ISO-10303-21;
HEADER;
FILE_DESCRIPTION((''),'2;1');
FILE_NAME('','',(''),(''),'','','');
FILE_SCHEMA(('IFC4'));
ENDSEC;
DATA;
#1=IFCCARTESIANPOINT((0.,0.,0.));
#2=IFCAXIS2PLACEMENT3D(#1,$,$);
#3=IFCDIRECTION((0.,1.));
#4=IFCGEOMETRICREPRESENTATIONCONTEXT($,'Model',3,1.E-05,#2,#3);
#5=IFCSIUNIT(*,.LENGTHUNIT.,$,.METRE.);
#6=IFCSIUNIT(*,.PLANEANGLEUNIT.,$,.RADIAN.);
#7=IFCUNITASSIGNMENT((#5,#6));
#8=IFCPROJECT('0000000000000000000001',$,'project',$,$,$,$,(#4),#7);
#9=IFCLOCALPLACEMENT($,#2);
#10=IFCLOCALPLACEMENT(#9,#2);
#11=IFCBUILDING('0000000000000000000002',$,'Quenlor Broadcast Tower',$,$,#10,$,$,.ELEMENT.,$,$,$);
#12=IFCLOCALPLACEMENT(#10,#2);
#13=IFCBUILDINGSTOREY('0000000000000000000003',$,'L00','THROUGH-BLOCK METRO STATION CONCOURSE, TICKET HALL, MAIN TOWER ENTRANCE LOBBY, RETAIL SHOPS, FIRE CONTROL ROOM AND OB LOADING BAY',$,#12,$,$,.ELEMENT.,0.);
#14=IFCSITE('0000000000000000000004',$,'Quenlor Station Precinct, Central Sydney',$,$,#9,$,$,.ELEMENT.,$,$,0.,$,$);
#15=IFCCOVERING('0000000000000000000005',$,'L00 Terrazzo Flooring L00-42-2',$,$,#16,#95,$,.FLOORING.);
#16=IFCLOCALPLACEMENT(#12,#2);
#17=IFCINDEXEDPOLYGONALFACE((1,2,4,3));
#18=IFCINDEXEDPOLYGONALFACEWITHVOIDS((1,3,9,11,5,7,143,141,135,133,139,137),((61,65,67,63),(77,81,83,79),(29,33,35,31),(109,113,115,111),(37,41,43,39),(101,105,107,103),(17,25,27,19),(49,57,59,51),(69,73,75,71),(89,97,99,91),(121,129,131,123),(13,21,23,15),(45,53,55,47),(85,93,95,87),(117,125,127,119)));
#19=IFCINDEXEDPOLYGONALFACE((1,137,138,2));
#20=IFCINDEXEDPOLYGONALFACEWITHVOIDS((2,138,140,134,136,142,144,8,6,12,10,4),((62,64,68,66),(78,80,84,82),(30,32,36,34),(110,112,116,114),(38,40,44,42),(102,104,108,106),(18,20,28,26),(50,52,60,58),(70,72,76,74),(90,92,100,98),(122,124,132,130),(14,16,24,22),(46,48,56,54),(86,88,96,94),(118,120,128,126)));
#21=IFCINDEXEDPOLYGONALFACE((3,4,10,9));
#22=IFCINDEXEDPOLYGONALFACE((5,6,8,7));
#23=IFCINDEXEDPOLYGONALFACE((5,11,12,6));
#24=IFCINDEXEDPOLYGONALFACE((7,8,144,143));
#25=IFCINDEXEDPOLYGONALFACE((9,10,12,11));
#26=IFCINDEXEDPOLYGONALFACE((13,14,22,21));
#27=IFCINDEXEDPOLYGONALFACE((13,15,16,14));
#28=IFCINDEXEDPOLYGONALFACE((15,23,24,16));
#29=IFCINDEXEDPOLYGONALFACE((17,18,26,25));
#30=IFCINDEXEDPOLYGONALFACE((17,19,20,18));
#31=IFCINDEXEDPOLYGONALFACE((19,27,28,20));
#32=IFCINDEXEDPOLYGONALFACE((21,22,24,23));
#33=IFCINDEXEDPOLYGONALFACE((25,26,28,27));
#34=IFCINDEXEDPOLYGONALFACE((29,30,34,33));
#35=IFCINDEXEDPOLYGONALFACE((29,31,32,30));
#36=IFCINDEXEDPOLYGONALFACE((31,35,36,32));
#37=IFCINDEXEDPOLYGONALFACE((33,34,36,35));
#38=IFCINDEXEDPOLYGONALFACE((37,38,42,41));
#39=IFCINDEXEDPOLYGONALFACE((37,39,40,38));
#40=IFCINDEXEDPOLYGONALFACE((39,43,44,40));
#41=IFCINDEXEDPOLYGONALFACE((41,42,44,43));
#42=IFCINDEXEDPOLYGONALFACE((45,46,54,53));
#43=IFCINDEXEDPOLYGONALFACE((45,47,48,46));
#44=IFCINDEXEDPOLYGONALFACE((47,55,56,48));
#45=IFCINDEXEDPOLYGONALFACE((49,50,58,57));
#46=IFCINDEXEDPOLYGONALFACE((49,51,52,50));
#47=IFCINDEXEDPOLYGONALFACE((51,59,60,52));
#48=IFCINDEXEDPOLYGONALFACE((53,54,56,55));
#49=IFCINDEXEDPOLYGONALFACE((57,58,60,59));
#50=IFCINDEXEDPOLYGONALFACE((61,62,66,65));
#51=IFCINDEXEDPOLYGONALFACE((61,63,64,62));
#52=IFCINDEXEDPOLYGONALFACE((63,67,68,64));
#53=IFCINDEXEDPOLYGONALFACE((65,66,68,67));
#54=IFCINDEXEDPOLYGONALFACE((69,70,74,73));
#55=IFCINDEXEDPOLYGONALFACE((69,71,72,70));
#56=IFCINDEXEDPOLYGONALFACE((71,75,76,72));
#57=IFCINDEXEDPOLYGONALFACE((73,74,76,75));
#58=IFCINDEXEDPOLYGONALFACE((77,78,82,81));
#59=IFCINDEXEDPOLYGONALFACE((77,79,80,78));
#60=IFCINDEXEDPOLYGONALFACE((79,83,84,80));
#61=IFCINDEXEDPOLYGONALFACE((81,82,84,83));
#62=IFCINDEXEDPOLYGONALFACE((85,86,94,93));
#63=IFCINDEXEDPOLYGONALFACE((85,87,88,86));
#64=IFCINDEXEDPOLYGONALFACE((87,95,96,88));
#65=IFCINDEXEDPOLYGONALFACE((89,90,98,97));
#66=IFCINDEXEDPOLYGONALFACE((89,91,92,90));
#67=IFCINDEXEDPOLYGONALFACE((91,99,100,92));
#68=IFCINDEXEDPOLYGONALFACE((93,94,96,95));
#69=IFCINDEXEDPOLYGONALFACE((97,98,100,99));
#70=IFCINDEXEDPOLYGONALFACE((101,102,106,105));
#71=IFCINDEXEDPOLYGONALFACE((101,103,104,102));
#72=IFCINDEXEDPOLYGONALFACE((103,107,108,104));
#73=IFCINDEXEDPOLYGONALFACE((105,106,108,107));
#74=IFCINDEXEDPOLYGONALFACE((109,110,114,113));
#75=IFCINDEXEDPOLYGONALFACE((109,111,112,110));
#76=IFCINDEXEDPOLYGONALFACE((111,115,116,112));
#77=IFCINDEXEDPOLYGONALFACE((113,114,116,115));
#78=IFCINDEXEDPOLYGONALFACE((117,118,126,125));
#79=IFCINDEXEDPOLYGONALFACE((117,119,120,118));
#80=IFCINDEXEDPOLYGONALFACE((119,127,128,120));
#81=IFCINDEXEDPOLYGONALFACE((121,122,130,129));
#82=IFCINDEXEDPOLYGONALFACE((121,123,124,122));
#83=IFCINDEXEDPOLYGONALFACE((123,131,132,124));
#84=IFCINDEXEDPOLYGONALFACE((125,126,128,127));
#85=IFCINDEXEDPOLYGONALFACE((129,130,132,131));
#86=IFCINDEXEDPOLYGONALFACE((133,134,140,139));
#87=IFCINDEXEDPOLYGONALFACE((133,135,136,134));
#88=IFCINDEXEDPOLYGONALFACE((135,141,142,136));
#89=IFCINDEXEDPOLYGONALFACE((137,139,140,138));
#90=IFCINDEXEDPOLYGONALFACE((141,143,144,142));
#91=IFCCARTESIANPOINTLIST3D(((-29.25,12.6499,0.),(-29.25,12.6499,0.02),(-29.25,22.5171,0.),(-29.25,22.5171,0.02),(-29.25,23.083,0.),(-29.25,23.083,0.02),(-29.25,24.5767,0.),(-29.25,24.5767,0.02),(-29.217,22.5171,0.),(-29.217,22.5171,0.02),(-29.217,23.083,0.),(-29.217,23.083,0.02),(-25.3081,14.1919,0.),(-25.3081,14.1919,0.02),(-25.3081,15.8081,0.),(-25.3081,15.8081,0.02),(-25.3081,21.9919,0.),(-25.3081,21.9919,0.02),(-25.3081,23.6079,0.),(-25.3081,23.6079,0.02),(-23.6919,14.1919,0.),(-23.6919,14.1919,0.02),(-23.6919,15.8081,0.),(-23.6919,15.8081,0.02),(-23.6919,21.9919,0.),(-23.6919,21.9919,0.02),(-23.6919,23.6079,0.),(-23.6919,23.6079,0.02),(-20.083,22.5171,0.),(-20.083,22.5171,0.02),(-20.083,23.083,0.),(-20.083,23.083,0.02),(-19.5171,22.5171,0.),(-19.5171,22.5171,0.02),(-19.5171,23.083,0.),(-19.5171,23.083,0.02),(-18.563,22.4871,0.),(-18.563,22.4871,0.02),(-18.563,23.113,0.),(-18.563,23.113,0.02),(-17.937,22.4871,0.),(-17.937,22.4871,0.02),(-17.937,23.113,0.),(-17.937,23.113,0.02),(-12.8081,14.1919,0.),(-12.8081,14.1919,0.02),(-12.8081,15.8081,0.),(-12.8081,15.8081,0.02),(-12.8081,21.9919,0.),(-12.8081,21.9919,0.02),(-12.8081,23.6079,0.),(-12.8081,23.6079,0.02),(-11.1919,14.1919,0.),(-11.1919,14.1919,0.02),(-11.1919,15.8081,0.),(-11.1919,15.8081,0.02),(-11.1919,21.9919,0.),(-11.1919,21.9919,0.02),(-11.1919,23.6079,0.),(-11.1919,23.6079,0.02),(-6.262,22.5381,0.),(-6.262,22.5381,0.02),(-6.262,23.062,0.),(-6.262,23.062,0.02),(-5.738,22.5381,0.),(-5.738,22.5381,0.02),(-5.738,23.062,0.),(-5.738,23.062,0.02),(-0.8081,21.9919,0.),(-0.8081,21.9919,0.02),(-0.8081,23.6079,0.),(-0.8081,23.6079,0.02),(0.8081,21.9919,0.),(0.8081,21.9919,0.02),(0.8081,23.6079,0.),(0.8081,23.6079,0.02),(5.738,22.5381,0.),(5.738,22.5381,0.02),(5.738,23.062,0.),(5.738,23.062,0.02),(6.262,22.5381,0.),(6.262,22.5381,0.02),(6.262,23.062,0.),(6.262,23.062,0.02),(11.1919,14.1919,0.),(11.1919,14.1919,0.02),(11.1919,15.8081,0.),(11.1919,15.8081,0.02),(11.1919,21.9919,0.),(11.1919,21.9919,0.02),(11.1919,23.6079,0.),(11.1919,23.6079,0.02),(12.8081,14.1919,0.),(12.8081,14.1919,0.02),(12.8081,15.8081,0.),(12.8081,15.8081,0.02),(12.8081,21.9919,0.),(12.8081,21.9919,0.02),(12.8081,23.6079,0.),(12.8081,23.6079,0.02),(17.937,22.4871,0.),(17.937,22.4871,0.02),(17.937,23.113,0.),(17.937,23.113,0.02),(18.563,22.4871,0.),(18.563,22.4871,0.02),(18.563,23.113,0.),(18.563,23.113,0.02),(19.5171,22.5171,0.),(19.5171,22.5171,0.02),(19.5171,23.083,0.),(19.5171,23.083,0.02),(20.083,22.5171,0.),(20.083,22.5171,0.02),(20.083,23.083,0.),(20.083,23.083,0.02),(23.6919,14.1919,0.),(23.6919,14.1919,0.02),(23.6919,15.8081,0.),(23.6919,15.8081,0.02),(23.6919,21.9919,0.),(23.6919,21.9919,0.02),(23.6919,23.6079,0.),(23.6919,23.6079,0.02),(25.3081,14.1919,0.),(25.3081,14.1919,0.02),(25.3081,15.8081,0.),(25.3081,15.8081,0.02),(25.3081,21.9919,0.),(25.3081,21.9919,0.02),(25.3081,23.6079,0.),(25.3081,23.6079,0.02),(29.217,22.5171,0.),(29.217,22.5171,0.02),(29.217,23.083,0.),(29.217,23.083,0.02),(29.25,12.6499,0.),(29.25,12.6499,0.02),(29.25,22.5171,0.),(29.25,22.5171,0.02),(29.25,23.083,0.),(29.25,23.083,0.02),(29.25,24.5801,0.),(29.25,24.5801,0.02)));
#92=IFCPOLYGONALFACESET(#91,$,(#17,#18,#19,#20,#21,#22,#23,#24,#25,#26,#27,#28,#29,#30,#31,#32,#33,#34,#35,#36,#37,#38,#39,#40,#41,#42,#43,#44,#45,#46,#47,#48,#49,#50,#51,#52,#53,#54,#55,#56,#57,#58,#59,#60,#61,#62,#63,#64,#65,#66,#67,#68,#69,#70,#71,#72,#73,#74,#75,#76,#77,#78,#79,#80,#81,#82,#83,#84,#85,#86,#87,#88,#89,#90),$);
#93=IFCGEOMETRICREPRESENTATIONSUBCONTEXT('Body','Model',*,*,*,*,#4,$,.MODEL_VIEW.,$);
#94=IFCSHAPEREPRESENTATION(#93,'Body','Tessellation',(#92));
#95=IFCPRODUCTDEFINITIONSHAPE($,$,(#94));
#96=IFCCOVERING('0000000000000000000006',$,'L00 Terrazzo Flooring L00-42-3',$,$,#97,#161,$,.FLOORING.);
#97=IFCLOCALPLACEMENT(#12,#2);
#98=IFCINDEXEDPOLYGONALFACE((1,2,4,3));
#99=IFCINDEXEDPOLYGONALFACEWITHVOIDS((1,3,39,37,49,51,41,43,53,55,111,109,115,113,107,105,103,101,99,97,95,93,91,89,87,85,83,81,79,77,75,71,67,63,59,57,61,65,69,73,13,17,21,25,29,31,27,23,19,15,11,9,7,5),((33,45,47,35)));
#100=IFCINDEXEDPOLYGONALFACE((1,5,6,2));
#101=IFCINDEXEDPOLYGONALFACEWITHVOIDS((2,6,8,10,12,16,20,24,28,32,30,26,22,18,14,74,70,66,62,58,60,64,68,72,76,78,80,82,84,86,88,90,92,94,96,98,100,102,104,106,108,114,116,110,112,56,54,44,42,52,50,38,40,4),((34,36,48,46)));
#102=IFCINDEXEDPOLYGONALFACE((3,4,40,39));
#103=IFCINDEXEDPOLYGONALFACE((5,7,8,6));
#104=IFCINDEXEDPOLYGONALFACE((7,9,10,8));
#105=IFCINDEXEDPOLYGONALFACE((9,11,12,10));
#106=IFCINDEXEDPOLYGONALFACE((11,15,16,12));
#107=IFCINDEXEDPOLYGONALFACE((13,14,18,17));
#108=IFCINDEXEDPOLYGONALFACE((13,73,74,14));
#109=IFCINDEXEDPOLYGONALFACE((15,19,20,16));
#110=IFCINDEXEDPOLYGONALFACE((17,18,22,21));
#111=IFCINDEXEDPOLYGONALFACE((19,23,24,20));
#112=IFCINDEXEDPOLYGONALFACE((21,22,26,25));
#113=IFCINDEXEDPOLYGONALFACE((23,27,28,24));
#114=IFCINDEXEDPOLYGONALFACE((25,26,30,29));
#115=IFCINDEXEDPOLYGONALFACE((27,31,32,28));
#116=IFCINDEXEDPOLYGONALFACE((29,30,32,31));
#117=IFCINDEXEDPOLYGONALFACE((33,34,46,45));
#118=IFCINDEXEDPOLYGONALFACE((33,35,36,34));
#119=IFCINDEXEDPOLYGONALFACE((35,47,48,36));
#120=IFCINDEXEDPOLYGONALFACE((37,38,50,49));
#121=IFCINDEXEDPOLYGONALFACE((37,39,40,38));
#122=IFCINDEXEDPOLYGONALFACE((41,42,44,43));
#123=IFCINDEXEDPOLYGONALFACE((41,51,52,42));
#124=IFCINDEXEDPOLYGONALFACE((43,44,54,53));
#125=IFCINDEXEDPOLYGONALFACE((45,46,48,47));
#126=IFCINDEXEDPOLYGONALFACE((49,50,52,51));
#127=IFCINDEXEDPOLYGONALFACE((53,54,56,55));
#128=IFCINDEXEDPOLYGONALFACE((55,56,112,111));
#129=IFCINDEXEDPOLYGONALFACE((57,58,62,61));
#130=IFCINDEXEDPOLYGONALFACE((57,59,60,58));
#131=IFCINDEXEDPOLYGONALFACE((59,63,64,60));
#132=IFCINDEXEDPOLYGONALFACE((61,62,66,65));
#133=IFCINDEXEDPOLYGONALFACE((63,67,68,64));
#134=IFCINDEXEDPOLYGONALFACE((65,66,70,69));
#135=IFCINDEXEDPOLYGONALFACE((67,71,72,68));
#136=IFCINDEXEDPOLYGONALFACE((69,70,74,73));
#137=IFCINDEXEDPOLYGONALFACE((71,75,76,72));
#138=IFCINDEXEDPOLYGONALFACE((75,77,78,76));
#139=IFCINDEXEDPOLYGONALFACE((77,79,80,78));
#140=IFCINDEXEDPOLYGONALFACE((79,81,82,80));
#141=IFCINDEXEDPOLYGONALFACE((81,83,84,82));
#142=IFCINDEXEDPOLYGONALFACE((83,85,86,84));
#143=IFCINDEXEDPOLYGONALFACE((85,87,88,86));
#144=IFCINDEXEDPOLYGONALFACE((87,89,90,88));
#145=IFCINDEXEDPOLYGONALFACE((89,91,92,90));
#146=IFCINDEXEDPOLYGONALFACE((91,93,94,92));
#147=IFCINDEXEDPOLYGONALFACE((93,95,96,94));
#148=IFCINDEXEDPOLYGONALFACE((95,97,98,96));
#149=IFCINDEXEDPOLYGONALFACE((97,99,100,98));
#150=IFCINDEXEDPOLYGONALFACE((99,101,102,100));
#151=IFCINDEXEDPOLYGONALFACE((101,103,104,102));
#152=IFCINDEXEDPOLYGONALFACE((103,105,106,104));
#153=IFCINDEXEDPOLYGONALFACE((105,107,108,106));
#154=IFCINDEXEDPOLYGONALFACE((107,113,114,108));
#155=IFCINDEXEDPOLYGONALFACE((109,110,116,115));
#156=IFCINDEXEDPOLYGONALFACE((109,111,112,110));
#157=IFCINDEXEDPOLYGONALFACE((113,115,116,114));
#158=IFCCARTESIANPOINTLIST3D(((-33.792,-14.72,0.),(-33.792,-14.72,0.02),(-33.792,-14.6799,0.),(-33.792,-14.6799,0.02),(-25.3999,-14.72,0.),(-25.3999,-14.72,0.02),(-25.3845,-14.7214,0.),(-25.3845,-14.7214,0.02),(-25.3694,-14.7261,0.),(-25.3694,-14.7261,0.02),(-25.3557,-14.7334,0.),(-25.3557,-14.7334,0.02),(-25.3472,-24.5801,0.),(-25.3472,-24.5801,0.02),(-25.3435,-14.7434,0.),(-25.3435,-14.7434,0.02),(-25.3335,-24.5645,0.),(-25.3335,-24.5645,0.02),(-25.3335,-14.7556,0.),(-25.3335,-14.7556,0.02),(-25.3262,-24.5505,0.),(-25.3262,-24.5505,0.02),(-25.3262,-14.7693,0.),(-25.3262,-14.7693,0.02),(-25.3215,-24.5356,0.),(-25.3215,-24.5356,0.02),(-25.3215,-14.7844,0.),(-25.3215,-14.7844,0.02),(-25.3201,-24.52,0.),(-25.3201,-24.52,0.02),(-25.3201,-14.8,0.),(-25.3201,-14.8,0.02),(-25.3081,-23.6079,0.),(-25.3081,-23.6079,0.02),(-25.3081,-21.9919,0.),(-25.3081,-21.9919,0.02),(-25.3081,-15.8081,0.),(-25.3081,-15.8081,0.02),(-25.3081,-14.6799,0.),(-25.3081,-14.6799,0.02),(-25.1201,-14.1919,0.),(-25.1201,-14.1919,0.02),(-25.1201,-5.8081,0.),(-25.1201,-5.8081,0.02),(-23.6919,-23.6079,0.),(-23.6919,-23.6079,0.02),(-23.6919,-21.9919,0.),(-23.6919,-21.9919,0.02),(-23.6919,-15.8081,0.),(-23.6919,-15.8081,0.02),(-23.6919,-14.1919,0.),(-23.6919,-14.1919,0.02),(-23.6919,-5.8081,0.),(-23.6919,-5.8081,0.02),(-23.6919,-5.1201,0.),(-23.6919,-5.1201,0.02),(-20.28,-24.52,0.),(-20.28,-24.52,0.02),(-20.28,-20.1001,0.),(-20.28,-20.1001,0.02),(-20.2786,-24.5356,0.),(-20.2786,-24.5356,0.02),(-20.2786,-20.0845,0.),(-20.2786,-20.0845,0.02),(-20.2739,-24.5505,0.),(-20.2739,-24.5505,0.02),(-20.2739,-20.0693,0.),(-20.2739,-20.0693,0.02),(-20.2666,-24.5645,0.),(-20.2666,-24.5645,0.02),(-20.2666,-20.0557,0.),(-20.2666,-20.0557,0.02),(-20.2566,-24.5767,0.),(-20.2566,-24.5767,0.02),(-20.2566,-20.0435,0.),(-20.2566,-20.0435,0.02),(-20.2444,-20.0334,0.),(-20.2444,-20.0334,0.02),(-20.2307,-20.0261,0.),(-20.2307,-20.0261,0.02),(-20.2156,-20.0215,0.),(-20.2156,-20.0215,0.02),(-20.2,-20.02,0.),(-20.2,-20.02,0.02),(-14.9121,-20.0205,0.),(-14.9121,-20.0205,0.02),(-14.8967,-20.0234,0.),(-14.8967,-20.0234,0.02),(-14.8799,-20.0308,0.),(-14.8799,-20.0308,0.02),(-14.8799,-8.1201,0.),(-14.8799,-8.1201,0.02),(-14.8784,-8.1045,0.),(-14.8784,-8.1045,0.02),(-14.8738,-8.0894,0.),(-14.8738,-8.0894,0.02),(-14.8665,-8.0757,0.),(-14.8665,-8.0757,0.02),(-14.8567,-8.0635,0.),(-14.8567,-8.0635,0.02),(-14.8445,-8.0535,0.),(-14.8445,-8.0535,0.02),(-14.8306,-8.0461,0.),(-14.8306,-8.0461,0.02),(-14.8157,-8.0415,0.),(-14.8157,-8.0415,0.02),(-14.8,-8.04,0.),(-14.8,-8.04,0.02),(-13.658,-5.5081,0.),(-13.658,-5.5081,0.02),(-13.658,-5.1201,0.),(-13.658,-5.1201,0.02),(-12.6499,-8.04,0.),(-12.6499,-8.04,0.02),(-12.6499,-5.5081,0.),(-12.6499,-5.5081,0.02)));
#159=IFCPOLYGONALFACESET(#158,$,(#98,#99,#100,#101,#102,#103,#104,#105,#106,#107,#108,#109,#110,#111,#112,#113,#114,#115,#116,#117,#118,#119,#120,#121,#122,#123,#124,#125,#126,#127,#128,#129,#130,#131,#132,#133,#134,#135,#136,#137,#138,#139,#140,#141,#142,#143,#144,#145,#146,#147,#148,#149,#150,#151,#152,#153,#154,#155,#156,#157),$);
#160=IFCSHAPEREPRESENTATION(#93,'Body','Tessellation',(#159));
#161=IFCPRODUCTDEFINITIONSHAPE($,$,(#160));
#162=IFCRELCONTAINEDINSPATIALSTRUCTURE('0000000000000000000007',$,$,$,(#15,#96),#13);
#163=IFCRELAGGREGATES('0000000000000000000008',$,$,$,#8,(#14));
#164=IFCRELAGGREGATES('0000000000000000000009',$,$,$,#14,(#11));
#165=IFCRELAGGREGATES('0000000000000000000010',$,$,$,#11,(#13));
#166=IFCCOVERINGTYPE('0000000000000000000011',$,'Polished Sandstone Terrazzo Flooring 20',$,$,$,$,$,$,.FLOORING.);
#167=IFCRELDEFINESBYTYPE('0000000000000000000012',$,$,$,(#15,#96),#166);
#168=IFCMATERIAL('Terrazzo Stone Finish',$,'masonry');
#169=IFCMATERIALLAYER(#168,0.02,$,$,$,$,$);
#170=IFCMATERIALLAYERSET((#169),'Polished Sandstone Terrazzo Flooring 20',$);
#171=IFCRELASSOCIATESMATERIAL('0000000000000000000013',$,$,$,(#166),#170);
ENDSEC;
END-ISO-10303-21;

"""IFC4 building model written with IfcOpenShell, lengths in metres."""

from ifc_helpers import new_model, si_unit, direction, origin, place, context, subcontext, project, spatial, polyline, outline, extrude, material, layer, layer_set, type_object, element, save


model = new_model("IFC4")

# Units and contexts
model_context = context("Model", 3, precision=1e-05, world=origin(), true_north=direction((0.0, 1.0)))
body_context = subcontext(model_context, "Body", "Model", "MODEL_VIEW")
ifc_project = project(units=[si_unit("LENGTHUNIT", "METRE"), si_unit("PLANEANGLEUNIT", "RADIAN")], contexts=[model_context])

# Site, building, storey
site_placement = place(None, origin())
site = spatial("IfcSite", under=ifc_project, at=site_placement, Name="Quenlor Station Precinct, Central Sydney", CompositionType="ELEMENT", RefElevation=0.0)
building_placement = place(site_placement, origin())
building = spatial("IfcBuilding", under=site, at=building_placement, Name="Quenlor Broadcast Tower", CompositionType="ELEMENT")
storey_placement = place(building_placement, origin())
storey = spatial("IfcBuildingStorey", under=building, at=storey_placement, Name="L00", Description="THROUGH-BLOCK METRO STATION CONCOURSE, TICKET HALL, MAIN TOWER ENTRANCE LOBBY, RETAIL SHOPS, FIRE CONTROL ROOM AND OB LOADING BAY", CompositionType="ELEMENT", Elevation=0.0)

# Coverings
ifc_material_1 = material(Name="Terrazzo Stone Finish", Category="masonry")
ifc_layer_1 = layer(ifc_material_1, 0.02)
ifc_layer_set_1 = layer_set([ifc_layer_1], Name="Polished Sandstone Terrazzo Flooring 20")
covering_type_1 = type_object("IfcCoveringType", Name="Polished Sandstone Terrazzo Flooring 20", PredefinedType="FLOORING", material=ifc_layer_set_1)
covering_1_placement = place(storey_placement, origin())
element("IfcCovering", 1, at=covering_1_placement, inside=storey, type_object=covering_type_1, Name="L00 Terrazzo Flooring L00-42-2", PredefinedType="FLOORING", context=body_context, shape_type="SweptSolid", body=[
    extrude(outline(polyline([(-29.217, 22.5171), (-29.217, 23.083), (-29.25, 23.083), (-29.25, 24.5767), (29.25, 24.5801), (29.25, 23.083), (29.217, 23.083), (29.217, 22.5171), (29.25, 22.5171), (29.25, 12.6499), (-29.25, 12.6499), (-29.25, 22.5171), (-29.217, 22.5171)]), holes=[polyline([(-23.6919, 14.1919), (-23.6919, 15.8081), (-25.3081, 15.8081), (-25.3081, 14.1919), (-23.6919, 14.1919)]), polyline([(-23.6919, 21.9919), (-23.6919, 23.6079), (-25.3081, 23.6079), (-25.3081, 21.9919), (-23.6919, 21.9919)]), polyline([(-19.5171, 22.5171), (-19.5171, 23.083), (-20.083, 23.083), (-20.083, 22.5171), (-19.5171, 22.5171)]), polyline([(-17.937, 22.4871), (-17.937, 23.113), (-18.563, 23.113), (-18.563, 22.4871), (-17.937, 22.4871)]), polyline([(12.8081, 14.1919), (12.8081, 15.8081), (11.1919, 15.8081), (11.1919, 14.1919), (12.8081, 14.1919)]), polyline([(-11.1919, 14.1919), (-11.1919, 15.8081), (-12.8081, 15.8081), (-12.8081, 14.1919), (-11.1919, 14.1919)]), polyline([(0.8081, 21.9919), (0.8081, 23.6079), (-0.8081, 23.6079), (-0.8081, 21.9919), (0.8081, 21.9919)]), polyline([(6.262, 22.5381), (6.262, 23.062), (5.738, 23.062), (5.738, 22.5381), (6.262, 22.5381)]), polyline([(-5.738, 22.5381), (-5.738, 23.062), (-6.262, 23.062), (-6.262, 22.5381), (-5.738, 22.5381)]), polyline([(12.8081, 21.9919), (12.8081, 23.6079), (11.1919, 23.6079), (11.1919, 21.9919), (12.8081, 21.9919)]), polyline([(-11.1919, 21.9919), (-11.1919, 23.6079), (-12.8081, 23.6079), (-12.8081, 21.9919), (-11.1919, 21.9919)]), polyline([(25.3081, 14.1919), (25.3081, 15.8081), (23.6919, 15.8081), (23.6919, 14.1919), (25.3081, 14.1919)]), polyline([(20.083, 22.5171), (20.083, 23.083), (19.5171, 23.083), (19.5171, 22.5171), (20.083, 22.5171)]), polyline([(25.3081, 21.9919), (25.3081, 23.6079), (23.6919, 23.6079), (23.6919, 21.9919), (25.3081, 21.9919)]), polyline([(18.563, 22.4871), (18.563, 23.113), (17.937, 23.113), (17.937, 22.4871), (18.563, 22.4871)])]), origin(), (0.0, 0.0, 1.0), 0.02),
])
covering_2_placement = place(storey_placement, origin())
element("IfcCovering", 2, at=covering_2_placement, inside=storey, type_object=covering_type_1, Name="L00 Terrazzo Flooring L00-42-3", PredefinedType="FLOORING", context=body_context, shape_type="SweptSolid", body=[
    extrude(outline(polyline([(-13.658, -5.5081), (-12.6499, -5.5081), (-12.6499, -8.04), (-14.8, -8.04), (-14.8157, -8.0415), (-14.8306, -8.0461), (-14.8445, -8.0535), (-14.8567, -8.0635), (-14.8665, -8.0757), (-14.8738, -8.0894), (-14.8784, -8.1045), (-14.8799, -8.1201), (-14.8799, -20.0308), (-14.8967, -20.0234), (-14.9121, -20.0205), (-20.2, -20.02), (-20.2156, -20.0215), (-20.2307, -20.0261), (-20.2444, -20.0334), (-20.2566, -20.0435), (-20.2666, -20.0557), (-20.2739, -20.0693), (-20.2786, -20.0845), (-20.28, -20.1001), (-20.28, -24.52), (-20.2786, -24.5356), (-20.2739, -24.5505), (-20.2666, -24.5645), (-20.2566, -24.5767), (-25.3472, -24.5801), (-25.3335, -24.5645), (-25.3262, -24.5505), (-25.3215, -24.5356), (-25.3201, -24.52), (-25.3201, -14.8), (-25.3215, -14.7844), (-25.3262, -14.7693), (-25.3335, -14.7556), (-25.3435, -14.7434), (-25.3557, -14.7334), (-25.3694, -14.7261), (-25.3845, -14.7214), (-25.3999, -14.72), (-33.792, -14.72), (-33.792, -14.6799), (-25.3081, -14.6799), (-25.3081, -15.8081), (-23.6919, -15.8081), (-23.6919, -14.1919), (-25.1201, -14.1919), (-25.1201, -5.8081), (-23.6919, -5.8081), (-23.6919, -5.1201), (-13.658, -5.1201), (-13.658, -5.5081)]), holes=[polyline([(-23.6919, -23.6079), (-23.6919, -21.9919), (-25.3081, -21.9919), (-25.3081, -23.6079), (-23.6919, -23.6079)])]), origin(), (0.0, 0.0, 1.0), 0.02),
])

save(model, "model.ifc")
